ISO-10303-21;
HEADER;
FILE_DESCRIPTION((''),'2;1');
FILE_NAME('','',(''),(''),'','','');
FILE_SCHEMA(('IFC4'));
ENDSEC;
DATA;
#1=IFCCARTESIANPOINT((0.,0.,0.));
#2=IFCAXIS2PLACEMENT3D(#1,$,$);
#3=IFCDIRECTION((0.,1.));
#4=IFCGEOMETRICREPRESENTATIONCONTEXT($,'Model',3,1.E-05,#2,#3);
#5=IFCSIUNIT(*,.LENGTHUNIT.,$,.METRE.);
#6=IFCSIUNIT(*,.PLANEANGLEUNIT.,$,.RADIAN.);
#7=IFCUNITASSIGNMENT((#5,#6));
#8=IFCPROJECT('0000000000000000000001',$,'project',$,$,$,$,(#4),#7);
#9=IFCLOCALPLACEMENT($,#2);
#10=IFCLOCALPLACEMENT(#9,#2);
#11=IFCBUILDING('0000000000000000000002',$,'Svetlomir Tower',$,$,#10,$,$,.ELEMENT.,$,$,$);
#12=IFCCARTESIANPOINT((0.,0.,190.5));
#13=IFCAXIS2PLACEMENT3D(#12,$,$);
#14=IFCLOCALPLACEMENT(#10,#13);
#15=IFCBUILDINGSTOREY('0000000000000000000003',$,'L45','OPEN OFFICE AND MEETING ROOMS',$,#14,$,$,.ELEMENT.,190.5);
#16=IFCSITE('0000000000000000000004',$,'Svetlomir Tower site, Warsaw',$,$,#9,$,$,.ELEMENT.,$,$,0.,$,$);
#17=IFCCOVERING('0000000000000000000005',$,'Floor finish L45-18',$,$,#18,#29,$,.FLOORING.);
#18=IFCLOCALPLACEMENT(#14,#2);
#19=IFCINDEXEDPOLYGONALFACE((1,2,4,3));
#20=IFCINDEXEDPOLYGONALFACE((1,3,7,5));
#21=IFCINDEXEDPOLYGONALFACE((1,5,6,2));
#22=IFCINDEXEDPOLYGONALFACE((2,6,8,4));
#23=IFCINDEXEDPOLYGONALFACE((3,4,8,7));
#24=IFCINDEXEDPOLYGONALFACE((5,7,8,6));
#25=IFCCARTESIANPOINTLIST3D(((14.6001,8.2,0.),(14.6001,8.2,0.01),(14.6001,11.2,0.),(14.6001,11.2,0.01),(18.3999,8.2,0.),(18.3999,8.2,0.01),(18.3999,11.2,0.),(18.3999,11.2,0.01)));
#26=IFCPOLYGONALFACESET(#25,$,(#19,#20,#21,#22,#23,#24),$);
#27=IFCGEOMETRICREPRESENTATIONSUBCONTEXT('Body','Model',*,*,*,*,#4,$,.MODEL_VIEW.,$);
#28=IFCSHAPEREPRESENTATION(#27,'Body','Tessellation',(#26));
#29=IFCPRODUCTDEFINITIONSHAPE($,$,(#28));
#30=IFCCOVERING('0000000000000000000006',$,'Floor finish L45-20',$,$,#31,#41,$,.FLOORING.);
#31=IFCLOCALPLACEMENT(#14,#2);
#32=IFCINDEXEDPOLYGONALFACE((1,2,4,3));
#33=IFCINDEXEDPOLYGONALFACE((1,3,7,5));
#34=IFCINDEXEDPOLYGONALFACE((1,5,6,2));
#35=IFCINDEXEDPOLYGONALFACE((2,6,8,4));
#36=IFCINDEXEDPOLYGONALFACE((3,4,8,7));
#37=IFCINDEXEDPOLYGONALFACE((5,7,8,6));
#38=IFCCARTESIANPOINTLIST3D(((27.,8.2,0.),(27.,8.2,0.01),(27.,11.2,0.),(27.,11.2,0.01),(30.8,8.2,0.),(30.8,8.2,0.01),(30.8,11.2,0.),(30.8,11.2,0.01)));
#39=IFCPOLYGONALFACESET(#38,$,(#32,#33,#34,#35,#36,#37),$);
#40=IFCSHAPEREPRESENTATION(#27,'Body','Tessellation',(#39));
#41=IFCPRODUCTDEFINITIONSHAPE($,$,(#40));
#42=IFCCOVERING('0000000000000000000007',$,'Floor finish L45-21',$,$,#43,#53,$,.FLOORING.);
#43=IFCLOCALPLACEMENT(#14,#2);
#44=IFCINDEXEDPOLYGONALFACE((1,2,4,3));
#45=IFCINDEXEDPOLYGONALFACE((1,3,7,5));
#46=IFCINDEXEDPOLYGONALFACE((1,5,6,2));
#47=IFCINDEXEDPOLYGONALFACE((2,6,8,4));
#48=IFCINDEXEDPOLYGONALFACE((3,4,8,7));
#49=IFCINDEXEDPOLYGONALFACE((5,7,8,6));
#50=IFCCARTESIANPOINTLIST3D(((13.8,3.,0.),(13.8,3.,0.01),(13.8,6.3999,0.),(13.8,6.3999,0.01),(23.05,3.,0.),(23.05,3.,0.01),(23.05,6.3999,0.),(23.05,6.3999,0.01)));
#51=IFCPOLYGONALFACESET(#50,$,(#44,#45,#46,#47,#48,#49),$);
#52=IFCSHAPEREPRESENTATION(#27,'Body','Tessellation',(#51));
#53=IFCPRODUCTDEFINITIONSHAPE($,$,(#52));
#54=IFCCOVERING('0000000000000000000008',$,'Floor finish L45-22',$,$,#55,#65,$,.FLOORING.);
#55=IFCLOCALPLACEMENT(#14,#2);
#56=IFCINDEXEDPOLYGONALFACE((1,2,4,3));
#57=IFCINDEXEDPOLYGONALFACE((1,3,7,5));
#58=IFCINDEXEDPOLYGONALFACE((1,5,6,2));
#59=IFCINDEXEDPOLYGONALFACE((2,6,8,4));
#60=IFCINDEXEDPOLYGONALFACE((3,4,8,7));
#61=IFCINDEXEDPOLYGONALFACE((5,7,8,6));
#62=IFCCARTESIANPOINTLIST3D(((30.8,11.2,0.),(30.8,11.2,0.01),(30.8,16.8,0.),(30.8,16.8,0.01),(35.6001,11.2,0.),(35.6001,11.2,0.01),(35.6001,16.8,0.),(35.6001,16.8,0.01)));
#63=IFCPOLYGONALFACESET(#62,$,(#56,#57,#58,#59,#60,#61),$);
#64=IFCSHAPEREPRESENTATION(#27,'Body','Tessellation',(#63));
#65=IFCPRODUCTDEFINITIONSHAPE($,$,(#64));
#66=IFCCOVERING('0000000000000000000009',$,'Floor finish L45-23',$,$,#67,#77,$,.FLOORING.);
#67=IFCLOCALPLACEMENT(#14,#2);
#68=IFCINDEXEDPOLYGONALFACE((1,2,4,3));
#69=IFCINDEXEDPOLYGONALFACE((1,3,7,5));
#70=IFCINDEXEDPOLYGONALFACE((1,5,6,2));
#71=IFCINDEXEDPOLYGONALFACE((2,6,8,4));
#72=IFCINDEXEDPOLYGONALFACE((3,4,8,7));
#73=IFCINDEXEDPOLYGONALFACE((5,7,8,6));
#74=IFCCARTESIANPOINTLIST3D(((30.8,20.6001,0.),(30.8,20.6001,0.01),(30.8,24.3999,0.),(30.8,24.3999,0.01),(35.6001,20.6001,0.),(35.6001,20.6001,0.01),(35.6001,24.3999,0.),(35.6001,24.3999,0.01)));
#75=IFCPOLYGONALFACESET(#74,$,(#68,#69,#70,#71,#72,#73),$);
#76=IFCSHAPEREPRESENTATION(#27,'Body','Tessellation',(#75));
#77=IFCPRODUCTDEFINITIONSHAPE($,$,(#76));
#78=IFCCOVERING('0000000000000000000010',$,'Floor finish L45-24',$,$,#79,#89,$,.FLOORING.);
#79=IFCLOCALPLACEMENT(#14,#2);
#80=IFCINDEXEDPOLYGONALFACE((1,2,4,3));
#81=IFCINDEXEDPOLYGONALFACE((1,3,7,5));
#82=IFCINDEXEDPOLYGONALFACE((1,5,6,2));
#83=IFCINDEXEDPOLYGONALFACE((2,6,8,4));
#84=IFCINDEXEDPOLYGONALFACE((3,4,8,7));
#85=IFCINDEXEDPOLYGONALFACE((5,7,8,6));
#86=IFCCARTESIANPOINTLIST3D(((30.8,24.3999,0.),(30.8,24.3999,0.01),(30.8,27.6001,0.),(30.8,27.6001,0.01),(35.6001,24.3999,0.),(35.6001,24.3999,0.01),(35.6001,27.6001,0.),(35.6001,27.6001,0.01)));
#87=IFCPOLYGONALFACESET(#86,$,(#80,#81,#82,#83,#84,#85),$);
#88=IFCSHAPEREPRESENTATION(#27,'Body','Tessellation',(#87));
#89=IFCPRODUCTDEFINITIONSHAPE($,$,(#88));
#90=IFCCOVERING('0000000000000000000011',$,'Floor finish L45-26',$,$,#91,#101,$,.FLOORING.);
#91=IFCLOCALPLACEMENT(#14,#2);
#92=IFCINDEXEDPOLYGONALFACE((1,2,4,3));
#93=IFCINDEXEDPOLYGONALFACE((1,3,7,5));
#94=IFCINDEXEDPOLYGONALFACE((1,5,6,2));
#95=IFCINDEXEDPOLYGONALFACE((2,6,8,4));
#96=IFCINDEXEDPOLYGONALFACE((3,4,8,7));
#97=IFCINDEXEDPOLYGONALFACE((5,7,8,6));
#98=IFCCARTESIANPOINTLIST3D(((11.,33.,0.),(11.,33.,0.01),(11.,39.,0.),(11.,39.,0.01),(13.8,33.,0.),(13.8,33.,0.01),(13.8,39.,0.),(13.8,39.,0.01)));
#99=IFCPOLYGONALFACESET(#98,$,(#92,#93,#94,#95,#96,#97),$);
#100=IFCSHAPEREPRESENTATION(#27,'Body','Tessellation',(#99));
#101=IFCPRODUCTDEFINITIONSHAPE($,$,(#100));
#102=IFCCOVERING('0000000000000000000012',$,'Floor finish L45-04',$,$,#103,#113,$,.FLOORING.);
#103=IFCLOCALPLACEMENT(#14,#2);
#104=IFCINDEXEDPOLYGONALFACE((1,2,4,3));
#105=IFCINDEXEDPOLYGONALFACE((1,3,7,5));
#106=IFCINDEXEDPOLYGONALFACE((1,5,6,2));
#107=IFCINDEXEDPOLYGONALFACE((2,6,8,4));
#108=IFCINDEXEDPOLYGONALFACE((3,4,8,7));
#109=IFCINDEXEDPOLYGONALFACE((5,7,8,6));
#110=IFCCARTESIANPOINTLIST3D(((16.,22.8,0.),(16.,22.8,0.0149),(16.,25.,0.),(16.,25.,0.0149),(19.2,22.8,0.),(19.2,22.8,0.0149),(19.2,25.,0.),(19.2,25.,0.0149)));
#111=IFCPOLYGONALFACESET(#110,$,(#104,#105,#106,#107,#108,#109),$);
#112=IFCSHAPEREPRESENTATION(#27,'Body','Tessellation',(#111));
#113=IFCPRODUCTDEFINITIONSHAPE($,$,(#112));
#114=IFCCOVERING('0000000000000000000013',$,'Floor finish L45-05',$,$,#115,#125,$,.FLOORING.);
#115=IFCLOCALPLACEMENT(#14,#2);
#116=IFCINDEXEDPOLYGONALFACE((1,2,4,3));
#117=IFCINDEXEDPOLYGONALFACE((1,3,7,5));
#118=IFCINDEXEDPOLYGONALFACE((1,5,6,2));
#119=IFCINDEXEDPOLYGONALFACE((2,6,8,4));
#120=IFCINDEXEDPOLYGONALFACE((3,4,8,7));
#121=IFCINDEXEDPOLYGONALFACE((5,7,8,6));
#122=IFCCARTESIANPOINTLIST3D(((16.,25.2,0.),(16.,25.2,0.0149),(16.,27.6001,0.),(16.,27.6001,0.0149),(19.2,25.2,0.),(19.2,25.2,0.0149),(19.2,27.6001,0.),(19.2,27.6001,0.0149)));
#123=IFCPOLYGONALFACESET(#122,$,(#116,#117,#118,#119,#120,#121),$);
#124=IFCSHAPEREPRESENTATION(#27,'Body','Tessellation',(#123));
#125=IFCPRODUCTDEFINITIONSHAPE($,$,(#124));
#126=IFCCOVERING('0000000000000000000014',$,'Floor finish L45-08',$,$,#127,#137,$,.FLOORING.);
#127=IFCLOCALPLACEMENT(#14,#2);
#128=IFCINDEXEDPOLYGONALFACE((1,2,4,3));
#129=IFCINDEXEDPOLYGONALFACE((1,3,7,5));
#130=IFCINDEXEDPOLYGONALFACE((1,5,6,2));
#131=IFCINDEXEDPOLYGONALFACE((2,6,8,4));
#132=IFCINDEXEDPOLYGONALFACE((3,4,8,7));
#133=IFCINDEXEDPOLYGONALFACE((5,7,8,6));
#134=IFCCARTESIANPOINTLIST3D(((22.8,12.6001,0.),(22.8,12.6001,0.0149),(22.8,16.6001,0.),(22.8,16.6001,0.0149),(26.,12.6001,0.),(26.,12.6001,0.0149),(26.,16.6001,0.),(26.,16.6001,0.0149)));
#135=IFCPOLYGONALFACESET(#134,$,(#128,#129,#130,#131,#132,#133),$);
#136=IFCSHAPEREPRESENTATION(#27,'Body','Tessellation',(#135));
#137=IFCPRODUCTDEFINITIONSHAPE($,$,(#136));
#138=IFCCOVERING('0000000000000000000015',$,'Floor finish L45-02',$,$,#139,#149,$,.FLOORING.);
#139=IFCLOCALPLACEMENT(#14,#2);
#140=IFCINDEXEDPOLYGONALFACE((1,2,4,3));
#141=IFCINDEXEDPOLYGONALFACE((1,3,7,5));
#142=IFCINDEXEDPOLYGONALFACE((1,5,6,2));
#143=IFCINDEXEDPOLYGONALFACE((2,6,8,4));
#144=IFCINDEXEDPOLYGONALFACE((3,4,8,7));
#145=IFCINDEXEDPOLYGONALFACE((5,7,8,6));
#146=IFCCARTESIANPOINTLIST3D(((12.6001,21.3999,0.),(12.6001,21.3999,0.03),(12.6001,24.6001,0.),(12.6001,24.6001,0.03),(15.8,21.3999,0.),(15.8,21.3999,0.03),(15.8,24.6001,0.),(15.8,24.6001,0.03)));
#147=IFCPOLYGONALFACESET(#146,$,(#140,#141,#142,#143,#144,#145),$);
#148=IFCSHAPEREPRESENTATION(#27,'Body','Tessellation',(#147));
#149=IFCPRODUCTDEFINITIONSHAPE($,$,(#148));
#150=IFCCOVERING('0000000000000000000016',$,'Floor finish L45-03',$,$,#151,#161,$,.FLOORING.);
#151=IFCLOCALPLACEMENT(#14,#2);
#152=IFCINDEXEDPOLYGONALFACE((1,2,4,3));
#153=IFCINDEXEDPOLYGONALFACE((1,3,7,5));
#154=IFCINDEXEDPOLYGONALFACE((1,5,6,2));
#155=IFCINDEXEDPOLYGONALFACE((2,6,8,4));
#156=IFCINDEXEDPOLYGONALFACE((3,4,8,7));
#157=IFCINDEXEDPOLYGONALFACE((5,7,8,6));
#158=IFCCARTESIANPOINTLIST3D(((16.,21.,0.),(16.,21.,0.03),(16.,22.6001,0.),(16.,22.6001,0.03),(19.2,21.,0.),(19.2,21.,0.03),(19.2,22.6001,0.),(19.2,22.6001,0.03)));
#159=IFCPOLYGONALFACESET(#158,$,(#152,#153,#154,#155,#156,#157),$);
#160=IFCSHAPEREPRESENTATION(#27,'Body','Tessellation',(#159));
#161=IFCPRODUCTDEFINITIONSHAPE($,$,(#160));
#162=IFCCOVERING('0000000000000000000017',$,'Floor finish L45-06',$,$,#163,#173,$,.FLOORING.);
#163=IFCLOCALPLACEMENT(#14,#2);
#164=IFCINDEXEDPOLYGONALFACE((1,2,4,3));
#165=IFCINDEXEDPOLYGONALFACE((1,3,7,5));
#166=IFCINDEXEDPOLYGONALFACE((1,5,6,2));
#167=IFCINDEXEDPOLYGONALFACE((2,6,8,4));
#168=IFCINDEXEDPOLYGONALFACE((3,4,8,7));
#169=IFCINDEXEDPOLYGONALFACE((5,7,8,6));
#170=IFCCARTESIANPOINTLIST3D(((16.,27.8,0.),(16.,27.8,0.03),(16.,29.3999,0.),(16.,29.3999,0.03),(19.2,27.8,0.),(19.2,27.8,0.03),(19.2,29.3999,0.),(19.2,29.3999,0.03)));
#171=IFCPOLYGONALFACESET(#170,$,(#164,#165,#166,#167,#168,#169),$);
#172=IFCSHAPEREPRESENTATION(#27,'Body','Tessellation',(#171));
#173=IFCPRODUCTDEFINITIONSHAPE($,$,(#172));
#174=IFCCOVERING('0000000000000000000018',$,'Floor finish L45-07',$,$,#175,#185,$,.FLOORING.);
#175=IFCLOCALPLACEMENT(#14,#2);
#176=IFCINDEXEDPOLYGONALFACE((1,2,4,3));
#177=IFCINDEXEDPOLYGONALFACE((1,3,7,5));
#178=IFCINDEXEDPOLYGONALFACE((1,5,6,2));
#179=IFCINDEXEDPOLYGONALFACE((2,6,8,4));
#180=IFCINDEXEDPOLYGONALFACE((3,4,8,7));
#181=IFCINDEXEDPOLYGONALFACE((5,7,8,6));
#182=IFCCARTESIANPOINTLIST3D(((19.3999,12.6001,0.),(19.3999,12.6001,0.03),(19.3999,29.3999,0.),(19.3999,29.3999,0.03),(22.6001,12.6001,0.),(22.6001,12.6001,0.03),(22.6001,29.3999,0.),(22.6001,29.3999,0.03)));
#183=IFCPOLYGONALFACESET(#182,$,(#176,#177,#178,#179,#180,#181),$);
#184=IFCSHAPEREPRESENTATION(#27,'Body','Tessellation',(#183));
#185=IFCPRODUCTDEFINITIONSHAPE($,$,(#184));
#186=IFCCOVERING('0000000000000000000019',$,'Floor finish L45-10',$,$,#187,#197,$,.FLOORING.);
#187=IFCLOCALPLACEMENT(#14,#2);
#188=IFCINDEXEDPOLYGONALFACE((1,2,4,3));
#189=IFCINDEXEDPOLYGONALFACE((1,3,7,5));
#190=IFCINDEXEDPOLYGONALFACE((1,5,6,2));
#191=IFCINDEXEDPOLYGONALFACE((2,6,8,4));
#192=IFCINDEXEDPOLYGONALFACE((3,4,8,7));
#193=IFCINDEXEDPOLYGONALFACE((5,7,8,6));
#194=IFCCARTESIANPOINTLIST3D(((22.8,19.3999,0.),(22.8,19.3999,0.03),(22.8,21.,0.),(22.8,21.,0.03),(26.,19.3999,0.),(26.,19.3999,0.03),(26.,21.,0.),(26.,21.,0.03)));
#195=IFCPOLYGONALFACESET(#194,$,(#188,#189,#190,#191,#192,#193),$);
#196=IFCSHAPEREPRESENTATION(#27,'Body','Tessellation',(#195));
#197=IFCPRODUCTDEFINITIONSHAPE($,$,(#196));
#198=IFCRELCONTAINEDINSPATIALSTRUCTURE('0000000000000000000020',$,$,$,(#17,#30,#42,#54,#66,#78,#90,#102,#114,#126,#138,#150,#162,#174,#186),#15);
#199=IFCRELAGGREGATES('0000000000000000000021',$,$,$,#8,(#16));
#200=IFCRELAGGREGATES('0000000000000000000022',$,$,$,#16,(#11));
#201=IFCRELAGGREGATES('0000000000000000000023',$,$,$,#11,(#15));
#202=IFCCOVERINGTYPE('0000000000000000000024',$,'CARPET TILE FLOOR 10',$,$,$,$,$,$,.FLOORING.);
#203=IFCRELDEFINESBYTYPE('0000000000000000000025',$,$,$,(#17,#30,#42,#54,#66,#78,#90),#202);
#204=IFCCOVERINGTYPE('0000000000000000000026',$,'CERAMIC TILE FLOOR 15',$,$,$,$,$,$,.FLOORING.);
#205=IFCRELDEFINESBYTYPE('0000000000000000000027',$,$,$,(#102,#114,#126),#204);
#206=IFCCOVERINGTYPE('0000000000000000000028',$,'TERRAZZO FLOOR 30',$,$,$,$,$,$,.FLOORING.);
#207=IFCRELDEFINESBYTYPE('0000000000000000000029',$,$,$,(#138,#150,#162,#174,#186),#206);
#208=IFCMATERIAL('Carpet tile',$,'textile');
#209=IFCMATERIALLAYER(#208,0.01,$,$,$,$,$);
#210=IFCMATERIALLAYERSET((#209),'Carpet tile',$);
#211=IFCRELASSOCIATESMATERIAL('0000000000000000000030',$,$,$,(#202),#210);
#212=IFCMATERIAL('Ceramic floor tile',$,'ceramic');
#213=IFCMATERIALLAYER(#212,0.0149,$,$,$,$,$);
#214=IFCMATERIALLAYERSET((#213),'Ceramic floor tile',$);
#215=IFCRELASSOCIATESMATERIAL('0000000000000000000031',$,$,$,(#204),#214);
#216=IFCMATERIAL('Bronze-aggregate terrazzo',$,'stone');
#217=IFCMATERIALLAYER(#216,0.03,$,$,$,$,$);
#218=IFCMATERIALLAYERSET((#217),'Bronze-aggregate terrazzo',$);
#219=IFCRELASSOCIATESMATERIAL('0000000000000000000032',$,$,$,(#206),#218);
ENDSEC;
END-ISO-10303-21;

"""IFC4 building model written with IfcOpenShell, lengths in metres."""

from ifc_helpers import new_model, si_unit, direction, frame, origin, place, context, subcontext, project, spatial, polyline, outline, extrude, material, layer, layer_set, type_object, element, save


model = new_model("IFC4")

# Units and contexts
model_context = context("Model", 3, precision=1e-05, world=origin(), true_north=direction((0.0, 1.0)))
body_context = subcontext(model_context, "Body", "Model", "MODEL_VIEW")
ifc_project = project(units=[si_unit("LENGTHUNIT", "METRE"), si_unit("PLANEANGLEUNIT", "RADIAN")], contexts=[model_context])

# Site, building, storey
site_placement = place(None, origin())
site = spatial("IfcSite", under=ifc_project, at=site_placement, Name="Svetlomir Tower site, Warsaw", CompositionType="ELEMENT", RefElevation=0.0)
building_placement = place(site_placement, origin())
building = spatial("IfcBuilding", under=site, at=building_placement, Name="Svetlomir Tower", CompositionType="ELEMENT")
storey_placement = place(building_placement, frame((0.0, 0.0, 190.5)))
storey = spatial("IfcBuildingStorey", under=building, at=storey_placement, Name="L45", Description="OPEN OFFICE AND MEETING ROOMS", CompositionType="ELEMENT", Elevation=190.5)

# Coverings
ifc_material_1 = material(Name="Carpet tile", Category="textile")
ifc_layer_1 = layer(ifc_material_1, 0.01)
ifc_layer_set_1 = layer_set([ifc_layer_1], Name="Carpet tile")
covering_type_1 = type_object("IfcCoveringType", Name="CARPET TILE FLOOR 10", PredefinedType="FLOORING", material=ifc_layer_set_1)
covering_1_placement = place(storey_placement, origin())
element("IfcCovering", 1, at=covering_1_placement, inside=storey, type_object=covering_type_1, Name="Floor finish L45-18", PredefinedType="FLOORING", context=body_context, shape_type="SweptSolid", body=[
    extrude(outline(polyline([(14.6001, 8.2), (18.3999, 8.2), (18.3999, 11.2), (14.6001, 11.2), (14.6001, 8.2)])), origin(), (0.0, 0.0, 1.0), 0.01),
])
covering_2_placement = place(storey_placement, origin())
element("IfcCovering", 2, at=covering_2_placement, inside=storey, type_object=covering_type_1, Name="Floor finish L45-20", PredefinedType="FLOORING", context=body_context, shape_type="SweptSolid", body=[
    extrude(outline(polyline([(27.0, 8.2), (30.8, 8.2), (30.8, 11.2), (27.0, 11.2), (27.0, 8.2)])), origin(), (0.0, 0.0, 1.0), 0.01),
])
covering_3_placement = place(storey_placement, origin())
element("IfcCovering", 3, at=covering_3_placement, inside=storey, type_object=covering_type_1, Name="Floor finish L45-21", PredefinedType="FLOORING", context=body_context, shape_type="SweptSolid", body=[
    extrude(outline(polyline([(13.8, 3.0), (23.05, 3.0), (23.05, 6.3999), (13.8, 6.3999), (13.8, 3.0)])), origin(), (0.0, 0.0, 1.0), 0.01),
])
covering_4_placement = place(storey_placement, origin())
element("IfcCovering", 4, at=covering_4_placement, inside=storey, type_object=covering_type_1, Name="Floor finish L45-22", PredefinedType="FLOORING", context=body_context, shape_type="SweptSolid", body=[
    extrude(outline(polyline([(30.8, 11.2), (35.6001, 11.2), (35.6001, 16.8), (30.8, 16.8), (30.8, 11.2)])), origin(), (0.0, 0.0, 1.0), 0.01),
])
covering_5_placement = place(storey_placement, origin())
element("IfcCovering", 5, at=covering_5_placement, inside=storey, type_object=covering_type_1, Name="Floor finish L45-23", PredefinedType="FLOORING", context=body_context, shape_type="SweptSolid", body=[
    extrude(outline(polyline([(30.8, 20.6001), (35.6001, 20.6001), (35.6001, 24.3999), (30.8, 24.3999), (30.8, 20.6001)])), origin(), (0.0, 0.0, 1.0), 0.01),
])
covering_6_placement = place(storey_placement, origin())
element("IfcCovering", 6, at=covering_6_placement, inside=storey, type_object=covering_type_1, Name="Floor finish L45-24", PredefinedType="FLOORING", context=body_context, shape_type="SweptSolid", body=[
    extrude(outline(polyline([(30.8, 24.3999), (35.6001, 24.3999), (35.6001, 27.6001), (30.8, 27.6001), (30.8, 24.3999)])), origin(), (0.0, 0.0, 1.0), 0.01),
])
covering_7_placement = place(storey_placement, origin())
element("IfcCovering", 7, at=covering_7_placement, inside=storey, type_object=covering_type_1, Name="Floor finish L45-26", PredefinedType="FLOORING", context=body_context, shape_type="SweptSolid", body=[
    extrude(outline(polyline([(11.0, 33.0), (13.8, 33.0), (13.8, 39.0), (11.0, 39.0), (11.0, 33.0)])), origin(), (0.0, 0.0, 1.0), 0.01),
])
ifc_material_2 = material(Name="Ceramic floor tile", Category="ceramic")
ifc_layer_2 = layer(ifc_material_2, 0.0149)
ifc_layer_set_2 = layer_set([ifc_layer_2], Name="Ceramic floor tile")
covering_type_2 = type_object("IfcCoveringType", Name="CERAMIC TILE FLOOR 15", PredefinedType="FLOORING", material=ifc_layer_set_2)
covering_8_placement = place(storey_placement, origin())
element("IfcCovering", 8, at=covering_8_placement, inside=storey, type_object=covering_type_2, Name="Floor finish L45-04", PredefinedType="FLOORING", context=body_context, shape_type="SweptSolid", body=[
    extrude(outline(polyline([(16.0, 22.8), (19.2, 22.8), (19.2, 25.0), (16.0, 25.0), (16.0, 22.8)])), origin(), (0.0, 0.0, 1.0), 0.0149),
])
covering_9_placement = place(storey_placement, origin())
element("IfcCovering", 9, at=covering_9_placement, inside=storey, type_object=covering_type_2, Name="Floor finish L45-05", PredefinedType="FLOORING", context=body_context, shape_type="SweptSolid", body=[
    extrude(outline(polyline([(16.0, 25.2), (19.2, 25.2), (19.2, 27.6001), (16.0, 27.6001), (16.0, 25.2)])), origin(), (0.0, 0.0, 1.0), 0.0149),
])
covering_10_placement = place(storey_placement, origin())
element("IfcCovering", 10, at=covering_10_placement, inside=storey, type_object=covering_type_2, Name="Floor finish L45-08", PredefinedType="FLOORING", context=body_context, shape_type="SweptSolid", body=[
    extrude(outline(polyline([(22.8, 12.6001), (26.0, 12.6001), (26.0, 16.6001), (22.8, 16.6001), (22.8, 12.6001)])), origin(), (0.0, 0.0, 1.0), 0.0149),
])
ifc_material_3 = material(Name="Bronze-aggregate terrazzo", Category="stone")
ifc_layer_3 = layer(ifc_material_3, 0.03)
ifc_layer_set_3 = layer_set([ifc_layer_3], Name="Bronze-aggregate terrazzo")
covering_type_3 = type_object("IfcCoveringType", Name="TERRAZZO FLOOR 30", PredefinedType="FLOORING", material=ifc_layer_set_3)
covering_11_placement = place(storey_placement, origin())
element("IfcCovering", 11, at=covering_11_placement, inside=storey, type_object=covering_type_3, Name="Floor finish L45-02", PredefinedType="FLOORING", context=body_context, shape_type="SweptSolid", body=[
    extrude(outline(polyline([(12.6001, 21.3999), (15.8, 21.3999), (15.8, 24.6001), (12.6001, 24.6001), (12.6001, 21.3999)])), origin(), (0.0, 0.0, 1.0), 0.03),
])
covering_12_placement = place(storey_placement, origin())
element("IfcCovering", 12, at=covering_12_placement, inside=storey, type_object=covering_type_3, Name="Floor finish L45-03", PredefinedType="FLOORING", context=body_context, shape_type="SweptSolid", body=[
    extrude(outline(polyline([(16.0, 21.0), (19.2, 21.0), (19.2, 22.6001), (16.0, 22.6001), (16.0, 21.0)])), origin(), (0.0, 0.0, 1.0), 0.03),
])
covering_13_placement = place(storey_placement, origin())
element("IfcCovering", 13, at=covering_13_placement, inside=storey, type_object=covering_type_3, Name="Floor finish L45-06", PredefinedType="FLOORING", context=body_context, shape_type="SweptSolid", body=[
    extrude(outline(polyline([(16.0, 27.8), (19.2, 27.8), (19.2, 29.3999), (16.0, 29.3999), (16.0, 27.8)])), origin(), (0.0, 0.0, 1.0), 0.03),
])
covering_14_placement = place(storey_placement, origin())
element("IfcCovering", 14, at=covering_14_placement, inside=storey, type_object=covering_type_3, Name="Floor finish L45-07", PredefinedType="FLOORING", context=body_context, shape_type="SweptSolid", body=[
    extrude(outline(polyline([(19.3999, 12.6001), (22.6001, 12.6001), (22.6001, 29.3999), (19.3999, 29.3999), (19.3999, 12.6001)])), origin(), (0.0, 0.0, 1.0), 0.03),
])
covering_15_placement = place(storey_placement, origin())
element("IfcCovering", 15, at=covering_15_placement, inside=storey, type_object=covering_type_3, Name="Floor finish L45-10", PredefinedType="FLOORING", context=body_context, shape_type="SweptSolid", body=[
    extrude(outline(polyline([(22.8, 19.3999), (26.0, 19.3999), (26.0, 21.0), (22.8, 21.0), (22.8, 19.3999)])), origin(), (0.0, 0.0, 1.0), 0.03),
])

save(model, "model.ifc")
